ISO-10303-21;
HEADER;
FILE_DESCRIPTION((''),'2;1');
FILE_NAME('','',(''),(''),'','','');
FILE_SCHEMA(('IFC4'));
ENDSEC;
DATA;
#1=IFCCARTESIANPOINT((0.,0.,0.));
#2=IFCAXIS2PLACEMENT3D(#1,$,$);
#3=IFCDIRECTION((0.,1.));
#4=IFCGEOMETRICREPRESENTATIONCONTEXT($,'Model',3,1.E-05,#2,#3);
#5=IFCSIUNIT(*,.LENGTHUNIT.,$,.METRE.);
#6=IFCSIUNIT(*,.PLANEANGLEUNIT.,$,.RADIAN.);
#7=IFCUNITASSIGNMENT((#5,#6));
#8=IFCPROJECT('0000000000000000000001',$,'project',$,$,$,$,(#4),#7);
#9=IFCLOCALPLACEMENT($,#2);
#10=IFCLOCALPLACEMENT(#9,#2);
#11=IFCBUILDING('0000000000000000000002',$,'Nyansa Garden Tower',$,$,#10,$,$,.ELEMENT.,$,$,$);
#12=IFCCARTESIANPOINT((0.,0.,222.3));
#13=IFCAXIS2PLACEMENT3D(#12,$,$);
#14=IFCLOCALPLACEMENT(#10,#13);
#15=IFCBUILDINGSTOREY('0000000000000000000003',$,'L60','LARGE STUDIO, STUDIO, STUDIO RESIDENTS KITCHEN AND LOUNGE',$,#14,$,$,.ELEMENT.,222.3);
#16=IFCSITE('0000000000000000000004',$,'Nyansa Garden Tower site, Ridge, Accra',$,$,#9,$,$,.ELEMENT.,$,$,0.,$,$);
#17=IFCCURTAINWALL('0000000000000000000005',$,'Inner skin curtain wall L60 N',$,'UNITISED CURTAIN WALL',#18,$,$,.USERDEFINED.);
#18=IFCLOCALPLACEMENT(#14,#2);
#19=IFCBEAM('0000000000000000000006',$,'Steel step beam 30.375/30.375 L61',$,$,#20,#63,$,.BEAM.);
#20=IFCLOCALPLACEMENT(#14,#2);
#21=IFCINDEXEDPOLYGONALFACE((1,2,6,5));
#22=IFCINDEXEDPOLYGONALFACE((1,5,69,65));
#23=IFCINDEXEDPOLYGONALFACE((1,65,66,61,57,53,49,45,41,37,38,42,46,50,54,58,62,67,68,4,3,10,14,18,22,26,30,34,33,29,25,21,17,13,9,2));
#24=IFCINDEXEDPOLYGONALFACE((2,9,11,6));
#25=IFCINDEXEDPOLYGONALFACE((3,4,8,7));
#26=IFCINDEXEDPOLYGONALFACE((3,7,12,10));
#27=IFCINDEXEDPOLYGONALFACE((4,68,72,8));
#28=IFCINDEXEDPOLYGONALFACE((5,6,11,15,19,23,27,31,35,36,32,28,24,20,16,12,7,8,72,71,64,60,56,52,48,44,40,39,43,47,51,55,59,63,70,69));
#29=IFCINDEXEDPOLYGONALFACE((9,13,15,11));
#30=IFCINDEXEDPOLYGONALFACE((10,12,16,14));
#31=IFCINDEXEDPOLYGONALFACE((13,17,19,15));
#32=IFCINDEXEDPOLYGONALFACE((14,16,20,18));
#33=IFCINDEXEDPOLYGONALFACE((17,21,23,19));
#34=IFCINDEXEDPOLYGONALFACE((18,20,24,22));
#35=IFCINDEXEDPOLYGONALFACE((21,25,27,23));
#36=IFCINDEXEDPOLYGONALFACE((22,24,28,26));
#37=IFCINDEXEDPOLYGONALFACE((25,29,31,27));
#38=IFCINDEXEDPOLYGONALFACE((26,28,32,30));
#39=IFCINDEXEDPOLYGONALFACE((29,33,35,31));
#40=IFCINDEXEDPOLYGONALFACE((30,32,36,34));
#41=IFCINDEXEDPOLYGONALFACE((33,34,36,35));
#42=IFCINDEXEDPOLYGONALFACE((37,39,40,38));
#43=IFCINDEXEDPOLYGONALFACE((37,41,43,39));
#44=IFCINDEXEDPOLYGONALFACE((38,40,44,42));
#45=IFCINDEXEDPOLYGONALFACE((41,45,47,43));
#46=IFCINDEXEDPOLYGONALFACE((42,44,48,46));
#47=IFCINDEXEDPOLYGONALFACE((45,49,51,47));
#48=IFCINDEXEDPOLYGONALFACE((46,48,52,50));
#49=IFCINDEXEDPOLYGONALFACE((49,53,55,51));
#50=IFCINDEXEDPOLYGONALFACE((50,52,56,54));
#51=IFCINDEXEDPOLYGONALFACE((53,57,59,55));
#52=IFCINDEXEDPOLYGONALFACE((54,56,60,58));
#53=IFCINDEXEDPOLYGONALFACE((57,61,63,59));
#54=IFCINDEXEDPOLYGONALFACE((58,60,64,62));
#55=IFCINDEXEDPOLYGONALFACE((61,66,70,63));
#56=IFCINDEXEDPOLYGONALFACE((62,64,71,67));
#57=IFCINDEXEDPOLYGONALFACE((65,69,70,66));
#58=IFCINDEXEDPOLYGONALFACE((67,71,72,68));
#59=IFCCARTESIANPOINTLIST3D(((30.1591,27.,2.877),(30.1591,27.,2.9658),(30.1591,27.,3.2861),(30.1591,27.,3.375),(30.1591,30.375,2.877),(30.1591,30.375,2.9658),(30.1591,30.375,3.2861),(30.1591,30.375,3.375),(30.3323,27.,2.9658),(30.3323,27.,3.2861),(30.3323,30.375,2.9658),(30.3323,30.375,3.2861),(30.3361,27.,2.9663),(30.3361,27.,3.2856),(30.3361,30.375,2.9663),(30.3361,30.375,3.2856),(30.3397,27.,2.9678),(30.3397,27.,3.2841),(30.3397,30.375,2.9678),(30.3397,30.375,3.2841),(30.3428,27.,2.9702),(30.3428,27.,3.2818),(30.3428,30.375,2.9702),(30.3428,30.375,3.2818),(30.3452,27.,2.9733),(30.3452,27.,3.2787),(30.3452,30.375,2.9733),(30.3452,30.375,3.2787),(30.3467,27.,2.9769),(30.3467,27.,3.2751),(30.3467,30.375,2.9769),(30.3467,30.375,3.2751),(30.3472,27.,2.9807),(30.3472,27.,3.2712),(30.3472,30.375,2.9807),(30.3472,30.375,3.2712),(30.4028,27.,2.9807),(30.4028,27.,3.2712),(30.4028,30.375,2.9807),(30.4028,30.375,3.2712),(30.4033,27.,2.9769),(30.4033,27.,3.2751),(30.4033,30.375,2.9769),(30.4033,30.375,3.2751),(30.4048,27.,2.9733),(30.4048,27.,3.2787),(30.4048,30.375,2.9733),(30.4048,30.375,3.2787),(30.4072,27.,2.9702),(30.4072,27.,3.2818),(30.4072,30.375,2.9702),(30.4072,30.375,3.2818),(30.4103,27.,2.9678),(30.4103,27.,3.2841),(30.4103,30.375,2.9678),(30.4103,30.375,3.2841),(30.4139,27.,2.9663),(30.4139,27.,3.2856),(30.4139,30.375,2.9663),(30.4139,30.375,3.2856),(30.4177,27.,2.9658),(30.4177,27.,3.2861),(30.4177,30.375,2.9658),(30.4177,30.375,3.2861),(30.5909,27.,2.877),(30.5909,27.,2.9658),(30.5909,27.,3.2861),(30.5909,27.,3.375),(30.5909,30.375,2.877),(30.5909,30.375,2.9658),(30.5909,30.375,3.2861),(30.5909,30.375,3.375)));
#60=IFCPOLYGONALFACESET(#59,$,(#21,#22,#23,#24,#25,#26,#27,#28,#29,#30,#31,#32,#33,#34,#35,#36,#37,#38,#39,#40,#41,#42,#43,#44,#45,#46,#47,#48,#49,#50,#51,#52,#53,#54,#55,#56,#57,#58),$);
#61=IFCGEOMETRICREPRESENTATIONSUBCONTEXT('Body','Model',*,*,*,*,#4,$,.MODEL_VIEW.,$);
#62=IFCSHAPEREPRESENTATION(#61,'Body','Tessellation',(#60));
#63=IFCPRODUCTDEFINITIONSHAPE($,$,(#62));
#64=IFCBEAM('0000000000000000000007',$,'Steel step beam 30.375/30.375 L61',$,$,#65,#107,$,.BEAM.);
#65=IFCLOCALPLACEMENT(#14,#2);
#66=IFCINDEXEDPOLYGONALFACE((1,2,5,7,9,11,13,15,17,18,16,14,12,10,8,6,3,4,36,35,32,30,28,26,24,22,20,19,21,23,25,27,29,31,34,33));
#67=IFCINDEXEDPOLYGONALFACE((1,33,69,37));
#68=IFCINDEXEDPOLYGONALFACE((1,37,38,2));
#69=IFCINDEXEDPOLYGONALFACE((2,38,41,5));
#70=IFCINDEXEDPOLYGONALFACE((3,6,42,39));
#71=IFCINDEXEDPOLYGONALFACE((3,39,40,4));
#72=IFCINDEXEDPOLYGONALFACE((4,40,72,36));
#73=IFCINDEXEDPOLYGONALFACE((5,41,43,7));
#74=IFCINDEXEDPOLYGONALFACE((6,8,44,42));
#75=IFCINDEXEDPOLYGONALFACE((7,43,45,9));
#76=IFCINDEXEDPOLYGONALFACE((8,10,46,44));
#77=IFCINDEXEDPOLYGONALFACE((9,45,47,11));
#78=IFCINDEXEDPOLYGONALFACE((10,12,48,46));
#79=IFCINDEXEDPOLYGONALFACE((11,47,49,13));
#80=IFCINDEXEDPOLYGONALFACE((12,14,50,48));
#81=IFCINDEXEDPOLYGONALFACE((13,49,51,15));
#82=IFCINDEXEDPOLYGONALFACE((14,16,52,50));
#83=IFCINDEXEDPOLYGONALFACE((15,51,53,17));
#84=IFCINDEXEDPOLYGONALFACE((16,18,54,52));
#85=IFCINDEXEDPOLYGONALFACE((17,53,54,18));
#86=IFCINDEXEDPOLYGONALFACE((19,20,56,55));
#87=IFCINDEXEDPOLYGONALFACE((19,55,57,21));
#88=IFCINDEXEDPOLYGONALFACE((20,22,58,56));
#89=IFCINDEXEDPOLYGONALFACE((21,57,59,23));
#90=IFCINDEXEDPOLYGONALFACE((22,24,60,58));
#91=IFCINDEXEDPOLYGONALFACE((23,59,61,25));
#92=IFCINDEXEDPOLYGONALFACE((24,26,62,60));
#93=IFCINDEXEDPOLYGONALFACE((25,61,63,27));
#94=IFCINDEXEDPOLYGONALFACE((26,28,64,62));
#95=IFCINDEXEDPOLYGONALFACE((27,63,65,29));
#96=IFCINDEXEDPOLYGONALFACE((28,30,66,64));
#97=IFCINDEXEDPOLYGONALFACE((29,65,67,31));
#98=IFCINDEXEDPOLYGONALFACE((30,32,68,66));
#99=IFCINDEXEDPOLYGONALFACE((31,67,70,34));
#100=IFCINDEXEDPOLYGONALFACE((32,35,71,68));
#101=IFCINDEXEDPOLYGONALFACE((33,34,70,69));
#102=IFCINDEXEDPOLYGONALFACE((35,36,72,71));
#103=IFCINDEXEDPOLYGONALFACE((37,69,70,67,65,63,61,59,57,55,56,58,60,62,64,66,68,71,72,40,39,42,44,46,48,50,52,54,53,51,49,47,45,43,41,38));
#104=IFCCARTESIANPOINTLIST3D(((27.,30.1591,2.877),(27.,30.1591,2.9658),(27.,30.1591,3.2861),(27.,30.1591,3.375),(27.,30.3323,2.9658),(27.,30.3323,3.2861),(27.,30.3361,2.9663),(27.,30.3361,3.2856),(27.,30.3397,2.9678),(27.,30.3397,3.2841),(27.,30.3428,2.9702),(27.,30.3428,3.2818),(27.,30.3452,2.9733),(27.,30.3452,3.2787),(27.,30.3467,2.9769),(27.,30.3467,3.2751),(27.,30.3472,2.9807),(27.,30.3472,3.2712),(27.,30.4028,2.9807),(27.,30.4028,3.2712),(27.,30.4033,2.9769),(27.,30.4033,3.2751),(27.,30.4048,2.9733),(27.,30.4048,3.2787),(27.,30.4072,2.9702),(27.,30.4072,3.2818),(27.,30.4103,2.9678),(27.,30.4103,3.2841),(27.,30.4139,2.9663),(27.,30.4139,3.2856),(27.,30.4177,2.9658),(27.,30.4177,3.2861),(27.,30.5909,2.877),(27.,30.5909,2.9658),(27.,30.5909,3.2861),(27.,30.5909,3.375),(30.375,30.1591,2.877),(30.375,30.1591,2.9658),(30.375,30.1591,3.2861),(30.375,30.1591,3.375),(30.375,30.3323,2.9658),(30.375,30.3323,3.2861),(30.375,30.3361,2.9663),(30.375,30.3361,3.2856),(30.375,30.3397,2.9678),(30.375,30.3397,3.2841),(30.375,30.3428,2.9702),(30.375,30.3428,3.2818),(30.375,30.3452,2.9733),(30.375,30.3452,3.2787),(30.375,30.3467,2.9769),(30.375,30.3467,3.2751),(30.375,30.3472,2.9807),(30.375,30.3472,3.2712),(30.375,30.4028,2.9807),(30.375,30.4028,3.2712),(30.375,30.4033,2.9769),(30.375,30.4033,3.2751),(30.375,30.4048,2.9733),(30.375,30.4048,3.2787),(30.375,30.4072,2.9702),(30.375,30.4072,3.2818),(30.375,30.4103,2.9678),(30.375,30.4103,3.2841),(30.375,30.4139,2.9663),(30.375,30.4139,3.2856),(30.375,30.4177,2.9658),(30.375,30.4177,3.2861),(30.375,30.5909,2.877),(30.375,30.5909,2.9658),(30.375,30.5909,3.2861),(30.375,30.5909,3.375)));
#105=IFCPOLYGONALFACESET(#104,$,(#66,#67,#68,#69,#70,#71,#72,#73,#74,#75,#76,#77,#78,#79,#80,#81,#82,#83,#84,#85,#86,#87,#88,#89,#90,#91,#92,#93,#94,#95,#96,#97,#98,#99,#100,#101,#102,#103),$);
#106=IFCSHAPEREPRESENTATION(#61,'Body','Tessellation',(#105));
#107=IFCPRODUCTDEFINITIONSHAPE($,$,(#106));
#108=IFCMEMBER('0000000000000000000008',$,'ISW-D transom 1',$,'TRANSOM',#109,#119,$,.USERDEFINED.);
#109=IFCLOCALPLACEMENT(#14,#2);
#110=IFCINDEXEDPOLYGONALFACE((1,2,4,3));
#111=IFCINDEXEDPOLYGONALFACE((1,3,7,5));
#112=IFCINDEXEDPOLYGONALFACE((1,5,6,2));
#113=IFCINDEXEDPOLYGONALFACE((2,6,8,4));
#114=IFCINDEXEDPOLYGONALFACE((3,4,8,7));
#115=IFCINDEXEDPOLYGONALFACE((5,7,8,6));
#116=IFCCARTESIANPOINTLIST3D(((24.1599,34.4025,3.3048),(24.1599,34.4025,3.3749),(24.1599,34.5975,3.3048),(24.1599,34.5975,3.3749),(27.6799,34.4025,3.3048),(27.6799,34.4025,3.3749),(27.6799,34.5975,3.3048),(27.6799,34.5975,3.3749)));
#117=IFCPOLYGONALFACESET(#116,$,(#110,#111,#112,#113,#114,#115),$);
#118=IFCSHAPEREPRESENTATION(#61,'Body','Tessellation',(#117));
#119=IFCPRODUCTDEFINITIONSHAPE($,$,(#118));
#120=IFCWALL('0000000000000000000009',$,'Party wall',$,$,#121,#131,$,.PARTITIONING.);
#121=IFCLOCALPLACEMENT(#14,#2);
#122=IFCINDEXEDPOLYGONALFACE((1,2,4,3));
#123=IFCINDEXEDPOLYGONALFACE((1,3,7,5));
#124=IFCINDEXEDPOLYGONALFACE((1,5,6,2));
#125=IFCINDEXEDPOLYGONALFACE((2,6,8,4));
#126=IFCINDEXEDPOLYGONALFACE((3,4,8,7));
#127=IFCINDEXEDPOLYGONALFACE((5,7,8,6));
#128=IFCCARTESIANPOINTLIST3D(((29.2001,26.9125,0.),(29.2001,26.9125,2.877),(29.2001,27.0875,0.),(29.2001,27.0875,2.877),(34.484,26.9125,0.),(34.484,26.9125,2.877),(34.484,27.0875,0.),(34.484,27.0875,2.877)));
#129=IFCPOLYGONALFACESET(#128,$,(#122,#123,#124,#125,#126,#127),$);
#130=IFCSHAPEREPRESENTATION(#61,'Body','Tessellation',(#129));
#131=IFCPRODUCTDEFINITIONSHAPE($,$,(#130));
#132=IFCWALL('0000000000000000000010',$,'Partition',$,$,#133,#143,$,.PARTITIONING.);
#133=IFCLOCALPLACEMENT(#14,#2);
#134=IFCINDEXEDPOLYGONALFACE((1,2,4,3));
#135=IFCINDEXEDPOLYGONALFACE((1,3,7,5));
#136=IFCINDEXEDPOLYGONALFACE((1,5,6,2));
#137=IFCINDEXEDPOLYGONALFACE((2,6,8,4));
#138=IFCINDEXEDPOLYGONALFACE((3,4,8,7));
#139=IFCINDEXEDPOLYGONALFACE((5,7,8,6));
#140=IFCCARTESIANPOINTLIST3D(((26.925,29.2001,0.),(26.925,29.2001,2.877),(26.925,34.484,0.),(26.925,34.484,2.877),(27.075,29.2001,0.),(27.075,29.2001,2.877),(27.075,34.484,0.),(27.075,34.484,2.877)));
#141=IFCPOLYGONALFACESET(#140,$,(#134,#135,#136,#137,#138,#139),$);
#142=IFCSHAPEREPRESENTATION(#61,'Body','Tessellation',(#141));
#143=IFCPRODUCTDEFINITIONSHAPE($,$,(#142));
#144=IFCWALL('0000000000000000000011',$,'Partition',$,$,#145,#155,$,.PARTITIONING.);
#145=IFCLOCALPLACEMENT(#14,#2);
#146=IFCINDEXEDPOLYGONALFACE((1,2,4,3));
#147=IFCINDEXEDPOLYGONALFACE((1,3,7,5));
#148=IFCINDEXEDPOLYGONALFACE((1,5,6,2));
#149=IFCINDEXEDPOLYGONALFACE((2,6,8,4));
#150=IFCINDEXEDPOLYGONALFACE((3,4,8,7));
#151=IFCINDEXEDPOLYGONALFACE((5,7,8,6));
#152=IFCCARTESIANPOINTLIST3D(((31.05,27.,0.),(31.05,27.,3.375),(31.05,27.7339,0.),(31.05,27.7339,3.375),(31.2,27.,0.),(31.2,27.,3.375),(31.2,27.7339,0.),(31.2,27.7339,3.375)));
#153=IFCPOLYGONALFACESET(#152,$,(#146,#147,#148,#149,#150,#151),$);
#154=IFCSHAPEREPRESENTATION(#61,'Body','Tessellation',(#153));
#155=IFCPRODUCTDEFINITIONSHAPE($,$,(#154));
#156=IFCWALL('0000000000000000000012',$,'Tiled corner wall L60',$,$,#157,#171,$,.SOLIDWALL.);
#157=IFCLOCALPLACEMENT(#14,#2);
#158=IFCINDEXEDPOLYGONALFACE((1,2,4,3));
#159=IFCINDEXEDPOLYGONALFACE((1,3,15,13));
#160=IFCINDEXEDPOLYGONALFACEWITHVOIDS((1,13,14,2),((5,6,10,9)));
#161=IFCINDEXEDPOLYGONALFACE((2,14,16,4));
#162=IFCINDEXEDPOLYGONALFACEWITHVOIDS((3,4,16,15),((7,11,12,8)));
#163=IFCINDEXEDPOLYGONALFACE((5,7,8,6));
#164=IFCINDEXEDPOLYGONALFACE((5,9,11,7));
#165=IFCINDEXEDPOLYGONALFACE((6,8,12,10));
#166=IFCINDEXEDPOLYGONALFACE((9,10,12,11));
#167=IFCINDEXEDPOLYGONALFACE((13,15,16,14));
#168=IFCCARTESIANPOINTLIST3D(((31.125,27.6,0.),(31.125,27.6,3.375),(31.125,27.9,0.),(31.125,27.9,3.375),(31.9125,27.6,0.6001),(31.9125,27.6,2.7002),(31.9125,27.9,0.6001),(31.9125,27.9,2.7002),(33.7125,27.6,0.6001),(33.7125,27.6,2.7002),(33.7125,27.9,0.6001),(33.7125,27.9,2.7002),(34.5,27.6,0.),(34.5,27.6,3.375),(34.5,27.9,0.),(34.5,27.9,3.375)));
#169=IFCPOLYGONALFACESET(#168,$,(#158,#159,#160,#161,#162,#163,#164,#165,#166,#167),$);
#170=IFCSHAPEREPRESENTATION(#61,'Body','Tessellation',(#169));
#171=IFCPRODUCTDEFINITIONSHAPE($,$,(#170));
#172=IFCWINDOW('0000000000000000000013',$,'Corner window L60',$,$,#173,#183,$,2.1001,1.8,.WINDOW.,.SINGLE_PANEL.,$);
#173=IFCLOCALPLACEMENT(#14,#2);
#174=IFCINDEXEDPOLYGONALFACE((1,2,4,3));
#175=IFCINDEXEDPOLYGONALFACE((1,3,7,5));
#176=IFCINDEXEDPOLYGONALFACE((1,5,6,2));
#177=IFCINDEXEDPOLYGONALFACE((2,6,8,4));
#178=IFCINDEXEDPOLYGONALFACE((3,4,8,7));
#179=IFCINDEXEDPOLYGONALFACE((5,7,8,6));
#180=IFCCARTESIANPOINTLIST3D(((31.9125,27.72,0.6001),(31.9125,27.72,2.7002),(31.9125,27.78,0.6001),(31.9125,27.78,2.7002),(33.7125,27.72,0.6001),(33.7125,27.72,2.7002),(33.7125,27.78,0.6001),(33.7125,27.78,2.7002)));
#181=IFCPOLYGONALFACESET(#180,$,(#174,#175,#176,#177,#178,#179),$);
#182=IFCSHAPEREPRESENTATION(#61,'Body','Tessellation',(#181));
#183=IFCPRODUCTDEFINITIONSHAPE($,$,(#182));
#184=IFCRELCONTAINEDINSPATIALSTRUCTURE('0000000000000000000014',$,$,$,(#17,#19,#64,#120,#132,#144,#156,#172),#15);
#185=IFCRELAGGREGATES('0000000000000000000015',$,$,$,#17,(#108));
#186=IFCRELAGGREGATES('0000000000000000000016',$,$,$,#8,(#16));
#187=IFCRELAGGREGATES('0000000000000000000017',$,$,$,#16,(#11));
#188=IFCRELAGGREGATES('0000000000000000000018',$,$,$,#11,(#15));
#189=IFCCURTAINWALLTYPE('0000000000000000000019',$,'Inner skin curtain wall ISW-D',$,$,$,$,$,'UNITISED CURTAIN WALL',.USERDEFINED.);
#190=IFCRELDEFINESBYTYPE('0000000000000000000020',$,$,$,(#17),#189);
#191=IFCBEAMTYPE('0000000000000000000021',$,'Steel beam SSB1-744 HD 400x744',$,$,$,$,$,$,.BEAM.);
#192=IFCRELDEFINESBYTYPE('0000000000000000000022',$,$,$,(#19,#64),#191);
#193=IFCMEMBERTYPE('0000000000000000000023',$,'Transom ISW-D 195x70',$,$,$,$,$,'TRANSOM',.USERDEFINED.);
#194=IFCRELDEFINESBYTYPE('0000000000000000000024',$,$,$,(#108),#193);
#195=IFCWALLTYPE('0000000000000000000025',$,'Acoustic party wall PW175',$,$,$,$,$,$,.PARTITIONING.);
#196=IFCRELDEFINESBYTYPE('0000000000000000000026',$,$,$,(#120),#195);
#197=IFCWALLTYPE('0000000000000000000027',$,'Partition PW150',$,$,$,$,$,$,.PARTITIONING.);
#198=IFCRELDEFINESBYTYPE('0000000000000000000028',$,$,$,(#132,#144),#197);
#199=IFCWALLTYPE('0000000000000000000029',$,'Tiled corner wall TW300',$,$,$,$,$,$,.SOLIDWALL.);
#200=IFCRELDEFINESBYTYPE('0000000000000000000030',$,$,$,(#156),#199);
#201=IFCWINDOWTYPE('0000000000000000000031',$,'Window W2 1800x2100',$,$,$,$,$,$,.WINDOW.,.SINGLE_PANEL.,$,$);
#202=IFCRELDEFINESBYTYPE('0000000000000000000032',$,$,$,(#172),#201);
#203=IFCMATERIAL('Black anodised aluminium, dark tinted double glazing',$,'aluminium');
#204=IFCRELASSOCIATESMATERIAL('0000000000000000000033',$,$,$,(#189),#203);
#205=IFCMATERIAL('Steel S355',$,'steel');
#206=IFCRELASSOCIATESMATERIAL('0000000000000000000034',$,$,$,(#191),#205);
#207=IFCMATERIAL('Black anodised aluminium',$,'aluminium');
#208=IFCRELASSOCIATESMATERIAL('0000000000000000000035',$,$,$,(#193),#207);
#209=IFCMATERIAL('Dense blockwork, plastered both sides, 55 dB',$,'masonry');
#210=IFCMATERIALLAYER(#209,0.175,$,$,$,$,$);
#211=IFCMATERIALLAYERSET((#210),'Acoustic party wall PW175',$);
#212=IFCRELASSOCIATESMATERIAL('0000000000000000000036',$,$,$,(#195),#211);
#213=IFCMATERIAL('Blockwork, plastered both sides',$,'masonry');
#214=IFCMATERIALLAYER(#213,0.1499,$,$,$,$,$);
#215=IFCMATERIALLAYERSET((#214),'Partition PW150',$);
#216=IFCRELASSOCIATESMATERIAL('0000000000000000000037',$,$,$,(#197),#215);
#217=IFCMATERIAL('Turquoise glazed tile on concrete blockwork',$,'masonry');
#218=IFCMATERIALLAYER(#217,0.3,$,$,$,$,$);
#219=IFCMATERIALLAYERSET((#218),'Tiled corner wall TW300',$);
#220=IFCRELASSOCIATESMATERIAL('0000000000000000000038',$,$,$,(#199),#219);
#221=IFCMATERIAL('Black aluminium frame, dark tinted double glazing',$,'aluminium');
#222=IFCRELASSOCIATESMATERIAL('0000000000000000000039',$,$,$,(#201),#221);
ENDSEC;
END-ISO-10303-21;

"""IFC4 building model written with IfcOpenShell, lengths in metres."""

from ifc_helpers import new_model, si_unit, direction, frame, frame_2d, origin, origin_2d, place, context, subcontext, project, spatial, rectangle, i_section, extrude, material, layer, layer_set, material_profile, profile_set, type_object, element, fill, aggregate, save


model = new_model("IFC4")

# Units and contexts
model_context = context("Model", 3, precision=1e-05, world=origin(), true_north=direction((0.0, 1.0)))
body_context = subcontext(model_context, "Body", "Model", "MODEL_VIEW")
ifc_project = project(units=[si_unit("LENGTHUNIT", "METRE"), si_unit("PLANEANGLEUNIT", "RADIAN")], contexts=[model_context])

# Site, building, storey
site_placement = place(None, origin())
site = spatial("IfcSite", under=ifc_project, at=site_placement, Name="Nyansa Garden Tower site, Ridge, Accra", CompositionType="ELEMENT", RefElevation=0.0)
building_placement = place(site_placement, origin())
building = spatial("IfcBuilding", under=site, at=building_placement, Name="Nyansa Garden Tower", CompositionType="ELEMENT")
storey_placement = place(building_placement, frame((0.0, 0.0, 222.3)))
storey = spatial("IfcBuildingStorey", under=building, at=storey_placement, Name="L60", Description="LARGE STUDIO, STUDIO, STUDIO RESIDENTS KITCHEN AND LOUNGE", CompositionType="ELEMENT", Elevation=222.3)

# Curtain wall
ifc_material_1 = material(Name="Black anodised aluminium, dark tinted double glazing", Category="aluminium")
curtain_wall_type = type_object("IfcCurtainWallType", Name="Inner skin curtain wall ISW-D", ElementType="UNITISED CURTAIN WALL", PredefinedType="USERDEFINED", material=ifc_material_1)
curtain_wall_1_placement = place(storey_placement, origin())
curtain_wall_1 = element("IfcCurtainWall", 1, at=curtain_wall_1_placement, inside=storey, type_object=curtain_wall_type, Name="Inner skin curtain wall L60 N", ObjectType="UNITISED CURTAIN WALL", PredefinedType="USERDEFINED")

# Beams
ifc_material_2 = material(Name="Steel S355", Category="steel")
ifc_material_profile_1 = material_profile(ifc_material_2, i_section(OverallWidth=0.4319, OverallDepth=0.498, WebThickness=0.0557, FlangeThickness=0.0889, FilletRadius=0.0149, at=origin_2d()), Name="HD 400x744")
ifc_profile_set_1 = profile_set([ifc_material_profile_1], Name="Steel S355")
beam_type_1 = type_object("IfcBeamType", Name="Steel beam SSB1-744 HD 400x744", PredefinedType="BEAM", material=ifc_profile_set_1)
for number, where, z_axis, x_axis, name in (
    (2, (30.375, 30.375, 3.126), (0.0, -1.0, 0.0), (1.0, 0.0, 0.0), "Steel step beam 30.375/30.375 L61"),
    (3, (30.375, 30.375, 3.126), (-1.0, 0.0, 0.0), (0.0, -1.0, 0.0), "Steel step beam 30.375/30.375 L61"),
):
    element("IfcBeam", number, at=place(storey_placement, frame(where, z_axis=z_axis, x_axis=x_axis)), inside=storey, type_object=beam_type_1, Name=name, PredefinedType="BEAM", context=body_context, shape_type="SweptSolid", body=[
        extrude(i_section(OverallWidth=0.4319, OverallDepth=0.498, WebThickness=0.0557, FlangeThickness=0.0889, FilletRadius=0.0149, at=origin_2d()), origin(), (0.0, 0.0, 1.0), 3.375),
    ])

# Member
ifc_material_3 = material(Name="Black anodised aluminium", Category="aluminium")
ifc_material_profile_2 = material_profile(ifc_material_3, rectangle(XDim=0.1951, YDim=0.0701, at=origin_2d()), Name="Transom 195x70")
ifc_profile_set_2 = profile_set([ifc_material_profile_2], Name="Black anodised aluminium")
member_type_1 = type_object("IfcMemberType", Name="Transom ISW-D 195x70", ElementType="TRANSOM", PredefinedType="USERDEFINED", material=ifc_profile_set_2)
member_1_placement = place(storey_placement, frame((27.6799, 34.5, 3.3398), z_axis=(-1.0, 0.0, 0.0), x_axis=(0.0, -1.0, 0.0)))
member_1 = element("IfcMember", 4, at=member_1_placement, type_object=member_type_1, Name="ISW-D transom 1", ObjectType="TRANSOM", PredefinedType="USERDEFINED", context=body_context, shape_type="SweptSolid", body=[
    extrude(rectangle(XDim=0.1951, YDim=0.0701, at=origin_2d()), origin(), (0.0, 0.0, 1.0), 3.52),
])
aggregate(curtain_wall_1, [member_1])

# Walls
ifc_material_4 = material(Name="Dense blockwork, plastered both sides, 55 dB", Category="masonry")
ifc_layer_1 = layer(ifc_material_4, 0.175)
ifc_layer_set_1 = layer_set([ifc_layer_1], Name="Acoustic party wall PW175")
wall_type_1 = type_object("IfcWallType", Name="Acoustic party wall PW175", PredefinedType="PARTITIONING", material=ifc_layer_set_1)
wall_1_placement = place(storey_placement, frame((29.2, 27.0, 0.0), z_axis=(0.0, 0.0, 1.0), x_axis=(1.0, 0.0, 0.0)))
element("IfcWall", 5, at=wall_1_placement, inside=storey, type_object=wall_type_1, Name="Party wall", PredefinedType="PARTITIONING", context=body_context, shape_type="SweptSolid", body=[
    extrude(rectangle(XDim=5.2839, YDim=0.175, at=frame_2d((2.6421, 0.0))), origin(), (0.0, 0.0, 1.0), 2.877),
])
ifc_material_5 = material(Name="Blockwork, plastered both sides", Category="masonry")
ifc_layer_2 = layer(ifc_material_5, 0.1499)
ifc_layer_set_2 = layer_set([ifc_layer_2], Name="Partition PW150")
wall_type_2 = type_object("IfcWallType", Name="Partition PW150", PredefinedType="PARTITIONING", material=ifc_layer_set_2)
wall_2_placement = place(storey_placement, frame((27.0, 29.2, 0.0), z_axis=(0.0, 0.0, 1.0), x_axis=(0.0, 1.0, 0.0)))
element("IfcWall", 6, at=wall_2_placement, inside=storey, type_object=wall_type_2, Name="Partition", PredefinedType="PARTITIONING", context=body_context, shape_type="SweptSolid", body=[
    extrude(rectangle(XDim=5.2839, YDim=0.1499, at=frame_2d((2.6421, 0.0))), origin(), (0.0, 0.0, 1.0), 2.877),
])
wall_3_placement = place(storey_placement, frame((31.125, 27.0, 0.0), z_axis=(0.0, 0.0, 1.0), x_axis=(0.0, 1.0, 0.0)))
element("IfcWall", 7, at=wall_3_placement, inside=storey, type_object=wall_type_2, Name="Partition", PredefinedType="PARTITIONING", context=body_context, shape_type="SweptSolid", body=[
    extrude(rectangle(XDim=0.7339, YDim=0.1499, at=frame_2d((0.3669, 0.0))), origin(), (0.0, 0.0, 1.0), 3.375),
])

# Wall, opening, window
ifc_material_6 = material(Name="Turquoise glazed tile on concrete blockwork", Category="masonry")
ifc_layer_3 = layer(ifc_material_6, 0.3)
ifc_layer_set_3 = layer_set([ifc_layer_3], Name="Tiled corner wall TW300")
wall_type_3 = type_object("IfcWallType", Name="Tiled corner wall TW300", PredefinedType="SOLIDWALL", material=ifc_layer_set_3)
wall_4_placement = place(storey_placement, frame((34.5, 27.75, 0.0), z_axis=(0.0, 0.0, 1.0), x_axis=(-1.0, 0.0, 0.0)))
wall_4 = element("IfcWall", 8, at=wall_4_placement, inside=storey, type_object=wall_type_3, Name="Tiled corner wall L60", PredefinedType="SOLIDWALL", context=body_context, shape_type="SweptSolid", body=[
    extrude(rectangle(XDim=3.375, YDim=0.3, at=frame_2d((1.6875, 0.0))), origin(), (0.0, 0.0, 1.0), 3.375),
])
opening_1_placement = place(wall_4_placement, frame((0.7876, 0.0, 0.6001)))
opening_1 = element("IfcOpeningElement", 9, at=opening_1_placement, cuts=wall_4, PredefinedType="OPENING", context=body_context, shape_type="SweptSolid", body=[
    extrude(rectangle(XDim=1.8, YDim=2.1001, at=frame_2d((0.8999, 1.05))), frame((0.0, 0.1599, 0.0), z_axis=(0.0, -1.0, 0.0), x_axis=(1.0, 0.0, 0.0)), (0.0, 0.0, 1.0), 0.3201),
])
ifc_material_7 = material(Name="Black aluminium frame, dark tinted double glazing", Category="aluminium")
window_type_1 = type_object("IfcWindowType", Name="Window W2 1800x2100", PartitioningType="SINGLE_PANEL", PredefinedType="WINDOW", material=ifc_material_7)
window_1_placement = place(opening_1_placement, origin())
window_1 = element("IfcWindow", 10, at=window_1_placement, inside=storey, type_object=window_type_1, Name="Corner window L60", OverallHeight=2.1001, OverallWidth=1.8, PartitioningType="SINGLE_PANEL", PredefinedType="WINDOW", context=body_context, shape_type="SweptSolid", body=[
    extrude(rectangle(XDim=1.8, YDim=2.1001, at=frame_2d((0.8999, 1.05))), frame((0.0, 0.03, 0.0), z_axis=(0.0, -1.0, 0.0), x_axis=(1.0, 0.0, 0.0)), (0.0, 0.0, 1.0), 0.0601),
])
fill(opening_1, window_1)

save(model, "model.ifc")
